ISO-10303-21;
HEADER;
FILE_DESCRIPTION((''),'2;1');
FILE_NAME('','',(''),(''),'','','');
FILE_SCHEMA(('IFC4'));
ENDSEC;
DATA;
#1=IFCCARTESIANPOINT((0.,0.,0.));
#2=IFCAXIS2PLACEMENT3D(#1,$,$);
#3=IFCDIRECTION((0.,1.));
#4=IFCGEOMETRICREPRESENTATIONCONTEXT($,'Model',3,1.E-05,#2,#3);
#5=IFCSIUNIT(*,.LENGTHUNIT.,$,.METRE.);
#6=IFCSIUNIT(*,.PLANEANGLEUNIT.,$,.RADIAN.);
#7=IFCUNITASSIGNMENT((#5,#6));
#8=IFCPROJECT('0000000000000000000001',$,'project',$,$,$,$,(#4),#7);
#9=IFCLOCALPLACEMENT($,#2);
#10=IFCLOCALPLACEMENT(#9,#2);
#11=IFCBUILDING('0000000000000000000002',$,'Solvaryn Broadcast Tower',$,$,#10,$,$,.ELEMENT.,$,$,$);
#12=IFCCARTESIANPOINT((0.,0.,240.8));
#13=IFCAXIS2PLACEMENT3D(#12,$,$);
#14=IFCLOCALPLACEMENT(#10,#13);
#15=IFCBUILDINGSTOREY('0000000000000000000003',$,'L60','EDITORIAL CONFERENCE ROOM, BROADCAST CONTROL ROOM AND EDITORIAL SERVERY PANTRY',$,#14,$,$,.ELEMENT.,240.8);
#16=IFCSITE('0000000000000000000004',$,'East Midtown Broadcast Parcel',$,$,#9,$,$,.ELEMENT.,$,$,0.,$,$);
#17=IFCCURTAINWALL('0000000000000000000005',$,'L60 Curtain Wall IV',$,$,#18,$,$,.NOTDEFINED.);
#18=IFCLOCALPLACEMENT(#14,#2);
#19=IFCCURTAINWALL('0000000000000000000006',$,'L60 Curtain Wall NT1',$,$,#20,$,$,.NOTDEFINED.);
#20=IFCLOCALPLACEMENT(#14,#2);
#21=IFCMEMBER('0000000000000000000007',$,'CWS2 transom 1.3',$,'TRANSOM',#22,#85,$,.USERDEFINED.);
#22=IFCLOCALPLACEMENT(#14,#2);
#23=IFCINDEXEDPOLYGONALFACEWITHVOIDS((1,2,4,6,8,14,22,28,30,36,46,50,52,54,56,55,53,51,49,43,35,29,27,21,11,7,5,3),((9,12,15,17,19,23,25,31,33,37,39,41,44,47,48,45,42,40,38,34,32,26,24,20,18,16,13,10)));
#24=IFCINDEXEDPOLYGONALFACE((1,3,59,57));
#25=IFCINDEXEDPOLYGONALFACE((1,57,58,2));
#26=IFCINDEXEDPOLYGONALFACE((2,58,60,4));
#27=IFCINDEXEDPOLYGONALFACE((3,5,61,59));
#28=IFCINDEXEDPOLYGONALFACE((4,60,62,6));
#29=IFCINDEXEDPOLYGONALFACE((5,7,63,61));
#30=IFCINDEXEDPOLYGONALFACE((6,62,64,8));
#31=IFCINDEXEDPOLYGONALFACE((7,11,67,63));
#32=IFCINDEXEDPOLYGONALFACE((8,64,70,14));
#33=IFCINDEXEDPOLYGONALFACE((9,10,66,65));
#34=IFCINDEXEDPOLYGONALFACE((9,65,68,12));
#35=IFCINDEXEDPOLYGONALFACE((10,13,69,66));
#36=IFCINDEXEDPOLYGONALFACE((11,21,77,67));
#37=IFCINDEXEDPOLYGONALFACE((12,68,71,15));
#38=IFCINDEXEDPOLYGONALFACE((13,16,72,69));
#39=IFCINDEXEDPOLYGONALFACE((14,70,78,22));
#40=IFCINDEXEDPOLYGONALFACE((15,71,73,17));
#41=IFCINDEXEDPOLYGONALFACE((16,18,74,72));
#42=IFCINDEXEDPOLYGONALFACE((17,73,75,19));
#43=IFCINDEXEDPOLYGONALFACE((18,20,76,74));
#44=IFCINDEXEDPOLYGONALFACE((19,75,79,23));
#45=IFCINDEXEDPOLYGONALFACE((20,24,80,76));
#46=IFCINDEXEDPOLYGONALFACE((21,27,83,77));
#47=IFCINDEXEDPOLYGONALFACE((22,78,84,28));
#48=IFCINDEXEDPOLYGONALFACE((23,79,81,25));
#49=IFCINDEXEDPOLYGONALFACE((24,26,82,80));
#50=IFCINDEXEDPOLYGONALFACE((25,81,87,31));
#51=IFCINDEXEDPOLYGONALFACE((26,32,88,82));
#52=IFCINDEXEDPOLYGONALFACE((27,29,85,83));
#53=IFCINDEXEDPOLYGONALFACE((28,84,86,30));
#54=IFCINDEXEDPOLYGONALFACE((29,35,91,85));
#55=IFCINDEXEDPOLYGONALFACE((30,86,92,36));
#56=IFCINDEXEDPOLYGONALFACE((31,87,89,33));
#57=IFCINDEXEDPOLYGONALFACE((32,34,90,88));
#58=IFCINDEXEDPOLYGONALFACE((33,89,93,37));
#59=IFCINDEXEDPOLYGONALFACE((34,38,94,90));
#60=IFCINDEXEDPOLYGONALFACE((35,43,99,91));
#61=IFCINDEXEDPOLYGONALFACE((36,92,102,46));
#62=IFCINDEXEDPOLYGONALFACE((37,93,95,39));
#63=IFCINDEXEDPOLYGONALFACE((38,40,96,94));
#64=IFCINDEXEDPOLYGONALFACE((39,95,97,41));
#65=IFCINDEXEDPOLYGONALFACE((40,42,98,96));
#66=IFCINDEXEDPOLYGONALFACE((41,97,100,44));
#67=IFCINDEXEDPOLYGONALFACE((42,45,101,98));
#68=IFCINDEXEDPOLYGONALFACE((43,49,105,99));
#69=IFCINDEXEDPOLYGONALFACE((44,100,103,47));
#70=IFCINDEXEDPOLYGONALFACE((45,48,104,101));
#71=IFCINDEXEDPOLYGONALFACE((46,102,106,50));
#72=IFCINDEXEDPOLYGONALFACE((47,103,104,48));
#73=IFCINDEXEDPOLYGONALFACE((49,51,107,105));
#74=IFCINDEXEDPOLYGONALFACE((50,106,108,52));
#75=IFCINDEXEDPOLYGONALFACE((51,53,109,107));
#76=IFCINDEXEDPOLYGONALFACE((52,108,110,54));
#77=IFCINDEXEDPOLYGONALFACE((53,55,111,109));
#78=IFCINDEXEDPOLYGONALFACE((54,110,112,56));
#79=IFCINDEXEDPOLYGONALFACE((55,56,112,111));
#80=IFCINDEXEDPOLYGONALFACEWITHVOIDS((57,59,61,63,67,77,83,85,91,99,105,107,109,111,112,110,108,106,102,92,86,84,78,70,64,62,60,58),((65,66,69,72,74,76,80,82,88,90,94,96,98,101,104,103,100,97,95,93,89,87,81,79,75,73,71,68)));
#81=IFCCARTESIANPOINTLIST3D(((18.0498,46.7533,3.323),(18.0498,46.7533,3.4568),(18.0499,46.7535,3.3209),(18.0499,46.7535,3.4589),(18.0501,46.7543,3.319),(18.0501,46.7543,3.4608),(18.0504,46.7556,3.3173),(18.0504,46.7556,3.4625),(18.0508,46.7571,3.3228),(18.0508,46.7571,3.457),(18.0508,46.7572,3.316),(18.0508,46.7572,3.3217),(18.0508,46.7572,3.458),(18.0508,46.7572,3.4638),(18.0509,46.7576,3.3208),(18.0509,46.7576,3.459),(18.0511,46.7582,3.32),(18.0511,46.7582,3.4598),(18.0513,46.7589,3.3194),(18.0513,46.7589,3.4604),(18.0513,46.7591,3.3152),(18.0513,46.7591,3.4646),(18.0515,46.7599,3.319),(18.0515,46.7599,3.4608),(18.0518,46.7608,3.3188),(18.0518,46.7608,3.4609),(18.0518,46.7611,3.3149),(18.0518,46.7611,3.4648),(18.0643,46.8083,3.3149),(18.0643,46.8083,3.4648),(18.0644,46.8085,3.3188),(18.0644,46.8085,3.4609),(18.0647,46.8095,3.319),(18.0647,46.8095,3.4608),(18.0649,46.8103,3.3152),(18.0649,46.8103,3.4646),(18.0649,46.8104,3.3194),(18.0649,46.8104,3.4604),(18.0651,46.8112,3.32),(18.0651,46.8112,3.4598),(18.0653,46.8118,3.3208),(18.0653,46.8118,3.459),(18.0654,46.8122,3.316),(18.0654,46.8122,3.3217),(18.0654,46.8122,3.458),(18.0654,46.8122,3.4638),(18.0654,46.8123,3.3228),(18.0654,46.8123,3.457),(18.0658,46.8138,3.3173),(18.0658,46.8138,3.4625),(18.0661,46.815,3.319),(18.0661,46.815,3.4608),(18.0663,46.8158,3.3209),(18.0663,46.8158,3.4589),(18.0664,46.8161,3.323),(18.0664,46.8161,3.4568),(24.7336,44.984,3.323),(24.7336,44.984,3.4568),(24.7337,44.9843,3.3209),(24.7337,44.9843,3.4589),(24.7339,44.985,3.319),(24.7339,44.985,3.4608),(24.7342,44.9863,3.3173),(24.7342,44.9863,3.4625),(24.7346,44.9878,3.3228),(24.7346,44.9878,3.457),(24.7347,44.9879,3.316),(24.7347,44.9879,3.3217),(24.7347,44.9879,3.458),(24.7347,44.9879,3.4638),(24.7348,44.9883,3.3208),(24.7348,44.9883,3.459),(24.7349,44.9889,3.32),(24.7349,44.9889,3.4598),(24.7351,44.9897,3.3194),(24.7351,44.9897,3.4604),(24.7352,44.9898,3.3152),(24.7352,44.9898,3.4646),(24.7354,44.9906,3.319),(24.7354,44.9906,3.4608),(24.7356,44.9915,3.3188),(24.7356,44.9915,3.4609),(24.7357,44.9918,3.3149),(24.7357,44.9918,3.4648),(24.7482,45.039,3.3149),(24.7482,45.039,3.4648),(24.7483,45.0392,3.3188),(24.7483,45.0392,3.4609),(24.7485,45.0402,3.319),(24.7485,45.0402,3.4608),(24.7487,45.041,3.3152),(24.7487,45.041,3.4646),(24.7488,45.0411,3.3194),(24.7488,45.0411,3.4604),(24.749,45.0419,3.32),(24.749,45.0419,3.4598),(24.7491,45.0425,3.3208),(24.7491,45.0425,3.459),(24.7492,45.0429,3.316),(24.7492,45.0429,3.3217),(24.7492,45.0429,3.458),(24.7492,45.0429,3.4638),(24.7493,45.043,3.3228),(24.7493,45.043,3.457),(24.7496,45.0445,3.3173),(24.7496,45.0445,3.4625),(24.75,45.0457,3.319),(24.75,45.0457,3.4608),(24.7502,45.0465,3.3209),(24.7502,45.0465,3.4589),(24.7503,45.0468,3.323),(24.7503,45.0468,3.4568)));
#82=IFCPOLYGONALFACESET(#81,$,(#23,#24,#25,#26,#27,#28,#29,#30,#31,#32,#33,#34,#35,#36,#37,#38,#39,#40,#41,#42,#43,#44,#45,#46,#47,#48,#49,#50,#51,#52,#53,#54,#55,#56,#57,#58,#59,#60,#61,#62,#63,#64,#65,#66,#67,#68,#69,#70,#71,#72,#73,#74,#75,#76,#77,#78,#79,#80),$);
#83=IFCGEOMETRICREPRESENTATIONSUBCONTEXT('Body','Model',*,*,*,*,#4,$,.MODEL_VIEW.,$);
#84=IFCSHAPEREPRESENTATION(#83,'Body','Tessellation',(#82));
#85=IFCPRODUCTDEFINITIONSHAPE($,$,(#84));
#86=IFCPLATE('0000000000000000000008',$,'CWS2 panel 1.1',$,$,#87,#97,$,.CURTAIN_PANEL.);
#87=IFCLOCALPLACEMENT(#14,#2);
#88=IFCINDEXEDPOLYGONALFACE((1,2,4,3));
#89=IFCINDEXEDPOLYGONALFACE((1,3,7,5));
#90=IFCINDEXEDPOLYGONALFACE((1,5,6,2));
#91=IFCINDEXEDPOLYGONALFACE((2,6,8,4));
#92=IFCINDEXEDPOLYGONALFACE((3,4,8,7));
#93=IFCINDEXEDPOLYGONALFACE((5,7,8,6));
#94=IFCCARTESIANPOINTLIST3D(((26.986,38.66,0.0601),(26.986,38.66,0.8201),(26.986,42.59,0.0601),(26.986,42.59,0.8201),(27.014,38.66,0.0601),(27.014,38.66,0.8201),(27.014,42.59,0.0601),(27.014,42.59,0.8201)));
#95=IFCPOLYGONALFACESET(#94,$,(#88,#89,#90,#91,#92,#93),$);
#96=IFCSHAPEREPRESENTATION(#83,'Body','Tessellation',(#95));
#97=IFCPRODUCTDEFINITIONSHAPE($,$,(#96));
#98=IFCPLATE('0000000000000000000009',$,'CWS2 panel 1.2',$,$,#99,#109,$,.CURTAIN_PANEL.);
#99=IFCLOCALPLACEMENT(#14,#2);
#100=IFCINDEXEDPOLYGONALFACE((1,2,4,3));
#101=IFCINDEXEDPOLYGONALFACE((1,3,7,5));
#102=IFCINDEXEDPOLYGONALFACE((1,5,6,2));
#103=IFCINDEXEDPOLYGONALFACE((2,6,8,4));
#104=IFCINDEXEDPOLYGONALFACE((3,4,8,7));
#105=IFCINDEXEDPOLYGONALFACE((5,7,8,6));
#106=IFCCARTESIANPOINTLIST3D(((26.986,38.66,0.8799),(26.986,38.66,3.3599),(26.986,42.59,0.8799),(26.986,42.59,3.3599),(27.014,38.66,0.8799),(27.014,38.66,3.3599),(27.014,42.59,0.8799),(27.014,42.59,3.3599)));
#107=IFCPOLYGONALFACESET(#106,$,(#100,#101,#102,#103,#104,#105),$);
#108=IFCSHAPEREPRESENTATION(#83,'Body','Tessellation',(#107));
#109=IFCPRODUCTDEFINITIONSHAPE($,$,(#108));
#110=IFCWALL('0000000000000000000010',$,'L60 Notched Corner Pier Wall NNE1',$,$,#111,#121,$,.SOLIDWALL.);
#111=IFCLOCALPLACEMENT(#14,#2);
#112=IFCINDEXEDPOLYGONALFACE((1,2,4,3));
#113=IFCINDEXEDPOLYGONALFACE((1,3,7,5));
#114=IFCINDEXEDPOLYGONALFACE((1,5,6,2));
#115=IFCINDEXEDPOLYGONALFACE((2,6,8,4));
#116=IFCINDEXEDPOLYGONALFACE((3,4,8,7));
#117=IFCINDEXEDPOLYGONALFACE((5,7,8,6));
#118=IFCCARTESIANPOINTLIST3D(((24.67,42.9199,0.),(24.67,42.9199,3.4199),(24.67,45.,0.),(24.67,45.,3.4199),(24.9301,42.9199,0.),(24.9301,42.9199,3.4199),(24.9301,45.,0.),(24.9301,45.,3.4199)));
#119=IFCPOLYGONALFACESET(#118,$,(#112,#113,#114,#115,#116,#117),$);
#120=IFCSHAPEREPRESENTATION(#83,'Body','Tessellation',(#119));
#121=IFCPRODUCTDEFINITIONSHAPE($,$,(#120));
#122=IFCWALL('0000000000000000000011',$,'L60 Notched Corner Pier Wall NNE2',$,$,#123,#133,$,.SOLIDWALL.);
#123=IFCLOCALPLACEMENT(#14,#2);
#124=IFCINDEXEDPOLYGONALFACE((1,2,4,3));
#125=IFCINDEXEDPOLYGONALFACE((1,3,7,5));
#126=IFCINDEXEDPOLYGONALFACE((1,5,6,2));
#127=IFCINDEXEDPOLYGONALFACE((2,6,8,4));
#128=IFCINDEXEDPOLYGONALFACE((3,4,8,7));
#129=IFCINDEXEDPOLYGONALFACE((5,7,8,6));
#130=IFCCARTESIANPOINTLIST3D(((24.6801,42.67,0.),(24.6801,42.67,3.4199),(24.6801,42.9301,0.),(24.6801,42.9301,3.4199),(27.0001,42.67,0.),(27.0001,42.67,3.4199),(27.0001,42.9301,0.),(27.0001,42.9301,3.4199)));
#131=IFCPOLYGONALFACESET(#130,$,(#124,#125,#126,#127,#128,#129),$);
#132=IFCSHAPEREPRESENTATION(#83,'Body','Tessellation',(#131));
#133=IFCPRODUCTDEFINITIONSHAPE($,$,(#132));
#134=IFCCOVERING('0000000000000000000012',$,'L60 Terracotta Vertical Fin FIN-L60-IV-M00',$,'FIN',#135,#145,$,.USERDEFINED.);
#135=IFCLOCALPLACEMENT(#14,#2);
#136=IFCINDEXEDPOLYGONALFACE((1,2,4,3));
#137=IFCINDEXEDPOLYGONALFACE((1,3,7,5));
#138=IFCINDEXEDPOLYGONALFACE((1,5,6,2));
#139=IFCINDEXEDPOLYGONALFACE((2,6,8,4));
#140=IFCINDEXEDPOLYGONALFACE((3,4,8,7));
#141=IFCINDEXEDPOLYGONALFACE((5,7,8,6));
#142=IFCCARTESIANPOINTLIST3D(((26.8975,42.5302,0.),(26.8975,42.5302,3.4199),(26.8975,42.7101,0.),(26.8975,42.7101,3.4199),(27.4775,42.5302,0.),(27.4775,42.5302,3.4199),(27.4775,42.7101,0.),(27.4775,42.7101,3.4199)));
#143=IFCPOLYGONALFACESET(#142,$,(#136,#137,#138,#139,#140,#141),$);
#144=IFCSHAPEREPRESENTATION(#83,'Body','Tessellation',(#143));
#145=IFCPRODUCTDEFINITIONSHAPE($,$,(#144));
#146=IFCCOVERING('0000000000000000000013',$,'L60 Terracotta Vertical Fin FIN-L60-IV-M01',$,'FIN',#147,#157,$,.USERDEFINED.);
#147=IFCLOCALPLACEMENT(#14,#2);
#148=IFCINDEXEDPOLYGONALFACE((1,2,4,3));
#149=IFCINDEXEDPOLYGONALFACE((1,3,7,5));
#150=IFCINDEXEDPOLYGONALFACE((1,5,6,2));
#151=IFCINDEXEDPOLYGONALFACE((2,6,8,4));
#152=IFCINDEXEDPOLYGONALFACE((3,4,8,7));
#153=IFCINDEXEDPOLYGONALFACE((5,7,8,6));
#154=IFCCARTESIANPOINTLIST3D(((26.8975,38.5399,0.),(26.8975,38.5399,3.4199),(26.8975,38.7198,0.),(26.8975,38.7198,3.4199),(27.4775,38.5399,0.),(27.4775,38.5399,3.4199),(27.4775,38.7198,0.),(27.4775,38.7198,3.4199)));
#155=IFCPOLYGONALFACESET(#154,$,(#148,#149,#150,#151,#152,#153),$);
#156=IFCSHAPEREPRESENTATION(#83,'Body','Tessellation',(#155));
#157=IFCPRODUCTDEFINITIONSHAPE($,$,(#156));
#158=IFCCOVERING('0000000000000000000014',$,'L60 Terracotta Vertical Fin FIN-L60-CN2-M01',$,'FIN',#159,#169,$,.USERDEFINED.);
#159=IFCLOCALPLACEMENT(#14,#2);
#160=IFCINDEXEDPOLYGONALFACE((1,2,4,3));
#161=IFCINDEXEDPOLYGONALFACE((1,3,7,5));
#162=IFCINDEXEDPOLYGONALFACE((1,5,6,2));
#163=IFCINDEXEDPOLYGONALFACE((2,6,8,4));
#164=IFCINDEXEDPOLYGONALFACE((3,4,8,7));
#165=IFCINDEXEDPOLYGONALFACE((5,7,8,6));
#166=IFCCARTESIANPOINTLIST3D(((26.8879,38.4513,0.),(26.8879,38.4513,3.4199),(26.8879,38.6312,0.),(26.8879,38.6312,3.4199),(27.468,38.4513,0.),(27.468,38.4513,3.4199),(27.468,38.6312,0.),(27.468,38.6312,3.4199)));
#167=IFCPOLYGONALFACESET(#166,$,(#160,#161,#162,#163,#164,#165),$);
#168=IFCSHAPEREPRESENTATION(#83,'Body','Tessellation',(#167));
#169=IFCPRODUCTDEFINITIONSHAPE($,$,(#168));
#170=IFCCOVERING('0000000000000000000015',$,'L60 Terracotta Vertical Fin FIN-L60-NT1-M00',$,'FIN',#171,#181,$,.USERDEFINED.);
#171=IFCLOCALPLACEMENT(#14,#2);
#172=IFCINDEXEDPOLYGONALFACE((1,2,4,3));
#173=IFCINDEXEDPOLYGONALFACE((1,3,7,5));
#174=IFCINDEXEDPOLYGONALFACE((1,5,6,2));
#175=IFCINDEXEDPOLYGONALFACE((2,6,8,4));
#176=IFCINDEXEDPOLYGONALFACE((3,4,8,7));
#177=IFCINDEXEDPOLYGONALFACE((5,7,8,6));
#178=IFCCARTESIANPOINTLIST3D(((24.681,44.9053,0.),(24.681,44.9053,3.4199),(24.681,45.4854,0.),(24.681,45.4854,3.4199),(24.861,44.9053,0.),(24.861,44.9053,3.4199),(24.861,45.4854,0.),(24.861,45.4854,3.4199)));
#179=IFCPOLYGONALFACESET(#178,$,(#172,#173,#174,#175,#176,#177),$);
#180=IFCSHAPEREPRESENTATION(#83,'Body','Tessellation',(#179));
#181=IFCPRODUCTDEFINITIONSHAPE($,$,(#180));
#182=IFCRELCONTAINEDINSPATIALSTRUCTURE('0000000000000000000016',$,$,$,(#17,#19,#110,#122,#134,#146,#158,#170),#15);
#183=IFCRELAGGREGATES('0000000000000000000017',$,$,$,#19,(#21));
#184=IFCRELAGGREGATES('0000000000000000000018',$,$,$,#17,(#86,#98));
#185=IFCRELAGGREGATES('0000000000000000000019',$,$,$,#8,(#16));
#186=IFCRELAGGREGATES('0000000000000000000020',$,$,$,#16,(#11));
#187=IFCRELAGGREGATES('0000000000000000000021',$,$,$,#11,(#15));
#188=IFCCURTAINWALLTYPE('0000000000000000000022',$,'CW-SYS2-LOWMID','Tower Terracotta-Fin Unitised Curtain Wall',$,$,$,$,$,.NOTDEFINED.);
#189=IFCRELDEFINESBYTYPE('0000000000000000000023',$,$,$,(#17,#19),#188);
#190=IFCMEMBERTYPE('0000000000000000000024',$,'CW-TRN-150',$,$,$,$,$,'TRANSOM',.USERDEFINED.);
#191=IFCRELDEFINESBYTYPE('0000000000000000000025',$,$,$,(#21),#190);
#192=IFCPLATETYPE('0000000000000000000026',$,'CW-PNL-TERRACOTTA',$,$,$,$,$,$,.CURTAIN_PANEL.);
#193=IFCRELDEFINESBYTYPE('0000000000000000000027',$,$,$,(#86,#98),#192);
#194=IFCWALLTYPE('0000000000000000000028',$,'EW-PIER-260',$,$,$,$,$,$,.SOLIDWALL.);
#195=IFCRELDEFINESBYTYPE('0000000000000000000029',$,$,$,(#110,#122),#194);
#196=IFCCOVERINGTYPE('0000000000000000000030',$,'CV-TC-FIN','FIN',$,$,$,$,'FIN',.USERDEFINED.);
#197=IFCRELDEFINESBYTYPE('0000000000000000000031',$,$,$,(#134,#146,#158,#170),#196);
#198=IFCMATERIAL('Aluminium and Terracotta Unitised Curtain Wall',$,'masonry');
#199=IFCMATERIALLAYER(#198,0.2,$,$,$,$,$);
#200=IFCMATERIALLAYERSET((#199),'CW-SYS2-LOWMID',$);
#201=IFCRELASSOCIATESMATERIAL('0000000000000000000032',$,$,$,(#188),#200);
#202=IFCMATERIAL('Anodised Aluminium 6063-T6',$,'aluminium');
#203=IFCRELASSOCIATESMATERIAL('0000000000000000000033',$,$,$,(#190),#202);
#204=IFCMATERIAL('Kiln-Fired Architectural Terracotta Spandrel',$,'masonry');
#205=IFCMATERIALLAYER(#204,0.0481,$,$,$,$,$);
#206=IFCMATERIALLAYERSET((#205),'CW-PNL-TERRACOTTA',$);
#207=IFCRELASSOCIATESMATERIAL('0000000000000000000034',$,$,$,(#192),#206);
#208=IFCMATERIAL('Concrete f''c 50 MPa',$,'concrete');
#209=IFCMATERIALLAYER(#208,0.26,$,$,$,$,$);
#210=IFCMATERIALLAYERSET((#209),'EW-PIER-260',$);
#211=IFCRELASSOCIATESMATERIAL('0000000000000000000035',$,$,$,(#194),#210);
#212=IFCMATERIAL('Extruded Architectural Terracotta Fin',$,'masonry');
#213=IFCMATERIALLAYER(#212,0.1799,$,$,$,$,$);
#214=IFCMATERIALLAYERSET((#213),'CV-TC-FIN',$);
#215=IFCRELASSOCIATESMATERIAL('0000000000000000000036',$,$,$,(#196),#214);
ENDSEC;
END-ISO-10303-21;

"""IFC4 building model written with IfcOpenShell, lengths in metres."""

from ifc_helpers import new_model, si_unit, direction, frame, frame_2d, origin, origin_2d, place, context, subcontext, project, spatial, rectangle, hollow_rectangle, extrude, material, layer, layer_set, material_profile, profile_set, type_object, element, aggregate, save


model = new_model("IFC4")

# Units and contexts
model_context = context("Model", 3, precision=1e-05, world=origin(), true_north=direction((0.0, 1.0)))
body_context = subcontext(model_context, "Body", "Model", "MODEL_VIEW")
ifc_project = project(units=[si_unit("LENGTHUNIT", "METRE"), si_unit("PLANEANGLEUNIT", "RADIAN")], contexts=[model_context])

# Site, building, storey
site_placement = place(None, origin())
site = spatial("IfcSite", under=ifc_project, at=site_placement, Name="East Midtown Broadcast Parcel", CompositionType="ELEMENT", RefElevation=0.0)
building_placement = place(site_placement, origin())
building = spatial("IfcBuilding", under=site, at=building_placement, Name="Solvaryn Broadcast Tower", CompositionType="ELEMENT")
storey_placement = place(building_placement, frame((0.0, 0.0, 240.8)))
storey = spatial("IfcBuildingStorey", under=building, at=storey_placement, Name="L60", Description="EDITORIAL CONFERENCE ROOM, BROADCAST CONTROL ROOM AND EDITORIAL SERVERY PANTRY", CompositionType="ELEMENT", Elevation=240.8)

# Curtain wall
ifc_material_1 = material(Name="Aluminium and Terracotta Unitised Curtain Wall", Category="masonry")
ifc_layer_1 = layer(ifc_material_1, 0.2)
ifc_layer_set_1 = layer_set([ifc_layer_1], Name="CW-SYS2-LOWMID")
curtain_wall_type = type_object("IfcCurtainWallType", Name="CW-SYS2-LOWMID", Description="Tower Terracotta-Fin Unitised Curtain Wall", PredefinedType="NOTDEFINED", material=ifc_layer_set_1)
curtain_wall_1_placement = place(storey_placement, origin())
curtain_wall_1 = element("IfcCurtainWall", 1, at=curtain_wall_1_placement, inside=storey, type_object=curtain_wall_type, Name="L60 Curtain Wall IV", PredefinedType="NOTDEFINED")

# Curtain wall
curtain_wall_2_placement = place(storey_placement, origin())
curtain_wall_2 = element("IfcCurtainWall", 2, at=curtain_wall_2_placement, inside=storey, type_object=curtain_wall_type, Name="L60 Curtain Wall NT1", PredefinedType="NOTDEFINED")

# Member
ifc_material_2 = material(Name="Anodised Aluminium 6063-T6", Category="aluminium")
ifc_material_profile_1 = material_profile(ifc_material_2, hollow_rectangle(XDim=0.0649, YDim=0.1499, WallThickness=0.0039, InnerFilletRadius=0.0039, OuterFilletRadius=0.0081, at=origin_2d()))
ifc_profile_set_1 = profile_set([ifc_material_profile_1], Name="Anodised Aluminium 6063-T6")
member_type_1 = type_object("IfcMemberType", Name="CW-TRN-150", ElementType="TRANSOM", PredefinedType="USERDEFINED", material=ifc_profile_set_1)
member_1_placement = place(storey_placement, frame((24.7419, 45.0154, 3.3899), z_axis=(-0.966704, 0.255897, 0.0), x_axis=(-0.255897, -0.966704, 0.0)))
member_1 = element("IfcMember", 3, at=member_1_placement, type_object=member_type_1, Name="CWS2 transom 1.3", ObjectType="TRANSOM", PredefinedType="USERDEFINED", context=body_context, shape_type="SweptSolid", body=[
    extrude(hollow_rectangle(XDim=0.0649, YDim=0.1499, WallThickness=0.0039, InnerFilletRadius=0.0039, OuterFilletRadius=0.0081, at=origin_2d()), origin(), (0.0, 0.0, 1.0), 6.9141),
])
aggregate(curtain_wall_2, [member_1])

# Plates
ifc_material_3 = material(Name="Kiln-Fired Architectural Terracotta Spandrel", Category="masonry")
ifc_layer_2 = layer(ifc_material_3, 0.0481)
ifc_layer_set_2 = layer_set([ifc_layer_2], Name="CW-PNL-TERRACOTTA")
plate_type = type_object("IfcPlateType", Name="CW-PNL-TERRACOTTA", PredefinedType="CURTAIN_PANEL", material=ifc_layer_set_2)
plate_1_placement = place(storey_placement, frame((27.0, 40.625, 0.0601), z_axis=(0.0, 0.0, 1.0), x_axis=(0.0, -1.0, 0.0)))
plate_1 = element("IfcPlate", 4, at=plate_1_placement, type_object=plate_type, Name="CWS2 panel 1.1", PredefinedType="CURTAIN_PANEL", context=body_context, shape_type="SweptSolid", body=[
    extrude(rectangle(XDim=3.9299, YDim=0.0281, at=origin_2d()), origin(), (0.0, 0.0, 1.0), 0.76),
])
plate_2_placement = place(storey_placement, frame((27.0, 40.625, 0.8799), z_axis=(0.0, 0.0, 1.0), x_axis=(0.0, -1.0, 0.0)))
plate_2 = element("IfcPlate", 5, at=plate_2_placement, type_object=plate_type, Name="CWS2 panel 1.2", PredefinedType="CURTAIN_PANEL", context=body_context, shape_type="SweptSolid", body=[
    extrude(rectangle(XDim=3.9299, YDim=0.0281, at=origin_2d()), origin(), (0.0, 0.0, 1.0), 2.48),
])
aggregate(curtain_wall_1, [plate_1, plate_2])

# Walls
ifc_material_4 = material(Name="Concrete f'c 50 MPa", Category="concrete")
ifc_layer_3 = layer(ifc_material_4, 0.26)
ifc_layer_set_3 = layer_set([ifc_layer_3], Name="EW-PIER-260")
wall_type_1 = type_object("IfcWallType", Name="EW-PIER-260", PredefinedType="SOLIDWALL", material=ifc_layer_set_3)
wall_1_placement = place(storey_placement, frame((24.8, 45.0, 0.0), z_axis=(0.0, 0.0, 1.0), x_axis=(0.0, -1.0, 0.0)))
element("IfcWall", 6, at=wall_1_placement, inside=storey, type_object=wall_type_1, Name="L60 Notched Corner Pier Wall NNE1", PredefinedType="SOLIDWALL", context=body_context, shape_type="SweptSolid", body=[
    extrude(rectangle(XDim=2.0801, YDim=0.26, at=frame_2d((1.04, 0.0))), origin(), (0.0, 0.0, 1.0), 3.4199),
])
wall_2_placement = place(storey_placement, frame((24.6799, 42.8, 0.0), z_axis=(0.0, 0.0, 1.0), x_axis=(1.0, 0.0, 0.0)))
element("IfcWall", 7, at=wall_2_placement, inside=storey, type_object=wall_type_1, Name="L60 Notched Corner Pier Wall NNE2", PredefinedType="SOLIDWALL", context=body_context, shape_type="SweptSolid", body=[
    extrude(rectangle(XDim=2.3201, YDim=0.26, at=frame_2d((1.1602, 0.0))), origin(), (0.0, 0.0, 1.0), 3.4199),
])

# Coverings
ifc_material_5 = material(Name="Extruded Architectural Terracotta Fin", Category="masonry")
ifc_layer_4 = layer(ifc_material_5, 0.1799)
ifc_layer_set_4 = layer_set([ifc_layer_4], Name="CV-TC-FIN")
covering_type = type_object("IfcCoveringType", Name="CV-TC-FIN", Description="FIN", ElementType="FIN", PredefinedType="USERDEFINED", material=ifc_layer_set_4)
for number, where, z_axis, x_axis, name in (
    (8, (27.1875, 42.6201, 0.0), (0.0, 0.0, 1.0), (1.0, 0.0, 0.0), "L60 Terracotta Vertical Fin FIN-L60-IV-M00"),
    (9, (27.1875, 38.6299, 0.0), (0.0, 0.0, 1.0), (1.0, 0.0, 0.0), "L60 Terracotta Vertical Fin FIN-L60-IV-M01"),
    (10, (27.178, 38.5413, 0.0), (0.0, 0.0, 1.0), (1.0, 0.0, 0.0), "L60 Terracotta Vertical Fin FIN-L60-CN2-M01"),
):
    element("IfcCovering", number, at=place(storey_placement, frame(where, z_axis=z_axis, x_axis=x_axis)), inside=storey, type_object=covering_type, Name=name, ObjectType="FIN", PredefinedType="USERDEFINED", context=body_context, shape_type="SweptSolid", body=[
        extrude(rectangle(XDim=0.5801, YDim=0.1799, at=origin_2d()), origin(), (0.0, 0.0, 1.0), 3.4199),
    ])
covering_placement = place(storey_placement, frame((24.771, 45.1953, 0.0), z_axis=(0.0, 0.0, 1.0), x_axis=(1.0, 0.0, 0.0)))
element("IfcCovering", 11, at=covering_placement, inside=storey, type_object=covering_type, Name="L60 Terracotta Vertical Fin FIN-L60-NT1-M00", ObjectType="FIN", PredefinedType="USERDEFINED", context=body_context, shape_type="SweptSolid", body=[
    extrude(rectangle(XDim=0.1799, YDim=0.5801, at=origin_2d()), origin(), (0.0, 0.0, 1.0), 3.4199),
])

save(model, "model.ifc")
